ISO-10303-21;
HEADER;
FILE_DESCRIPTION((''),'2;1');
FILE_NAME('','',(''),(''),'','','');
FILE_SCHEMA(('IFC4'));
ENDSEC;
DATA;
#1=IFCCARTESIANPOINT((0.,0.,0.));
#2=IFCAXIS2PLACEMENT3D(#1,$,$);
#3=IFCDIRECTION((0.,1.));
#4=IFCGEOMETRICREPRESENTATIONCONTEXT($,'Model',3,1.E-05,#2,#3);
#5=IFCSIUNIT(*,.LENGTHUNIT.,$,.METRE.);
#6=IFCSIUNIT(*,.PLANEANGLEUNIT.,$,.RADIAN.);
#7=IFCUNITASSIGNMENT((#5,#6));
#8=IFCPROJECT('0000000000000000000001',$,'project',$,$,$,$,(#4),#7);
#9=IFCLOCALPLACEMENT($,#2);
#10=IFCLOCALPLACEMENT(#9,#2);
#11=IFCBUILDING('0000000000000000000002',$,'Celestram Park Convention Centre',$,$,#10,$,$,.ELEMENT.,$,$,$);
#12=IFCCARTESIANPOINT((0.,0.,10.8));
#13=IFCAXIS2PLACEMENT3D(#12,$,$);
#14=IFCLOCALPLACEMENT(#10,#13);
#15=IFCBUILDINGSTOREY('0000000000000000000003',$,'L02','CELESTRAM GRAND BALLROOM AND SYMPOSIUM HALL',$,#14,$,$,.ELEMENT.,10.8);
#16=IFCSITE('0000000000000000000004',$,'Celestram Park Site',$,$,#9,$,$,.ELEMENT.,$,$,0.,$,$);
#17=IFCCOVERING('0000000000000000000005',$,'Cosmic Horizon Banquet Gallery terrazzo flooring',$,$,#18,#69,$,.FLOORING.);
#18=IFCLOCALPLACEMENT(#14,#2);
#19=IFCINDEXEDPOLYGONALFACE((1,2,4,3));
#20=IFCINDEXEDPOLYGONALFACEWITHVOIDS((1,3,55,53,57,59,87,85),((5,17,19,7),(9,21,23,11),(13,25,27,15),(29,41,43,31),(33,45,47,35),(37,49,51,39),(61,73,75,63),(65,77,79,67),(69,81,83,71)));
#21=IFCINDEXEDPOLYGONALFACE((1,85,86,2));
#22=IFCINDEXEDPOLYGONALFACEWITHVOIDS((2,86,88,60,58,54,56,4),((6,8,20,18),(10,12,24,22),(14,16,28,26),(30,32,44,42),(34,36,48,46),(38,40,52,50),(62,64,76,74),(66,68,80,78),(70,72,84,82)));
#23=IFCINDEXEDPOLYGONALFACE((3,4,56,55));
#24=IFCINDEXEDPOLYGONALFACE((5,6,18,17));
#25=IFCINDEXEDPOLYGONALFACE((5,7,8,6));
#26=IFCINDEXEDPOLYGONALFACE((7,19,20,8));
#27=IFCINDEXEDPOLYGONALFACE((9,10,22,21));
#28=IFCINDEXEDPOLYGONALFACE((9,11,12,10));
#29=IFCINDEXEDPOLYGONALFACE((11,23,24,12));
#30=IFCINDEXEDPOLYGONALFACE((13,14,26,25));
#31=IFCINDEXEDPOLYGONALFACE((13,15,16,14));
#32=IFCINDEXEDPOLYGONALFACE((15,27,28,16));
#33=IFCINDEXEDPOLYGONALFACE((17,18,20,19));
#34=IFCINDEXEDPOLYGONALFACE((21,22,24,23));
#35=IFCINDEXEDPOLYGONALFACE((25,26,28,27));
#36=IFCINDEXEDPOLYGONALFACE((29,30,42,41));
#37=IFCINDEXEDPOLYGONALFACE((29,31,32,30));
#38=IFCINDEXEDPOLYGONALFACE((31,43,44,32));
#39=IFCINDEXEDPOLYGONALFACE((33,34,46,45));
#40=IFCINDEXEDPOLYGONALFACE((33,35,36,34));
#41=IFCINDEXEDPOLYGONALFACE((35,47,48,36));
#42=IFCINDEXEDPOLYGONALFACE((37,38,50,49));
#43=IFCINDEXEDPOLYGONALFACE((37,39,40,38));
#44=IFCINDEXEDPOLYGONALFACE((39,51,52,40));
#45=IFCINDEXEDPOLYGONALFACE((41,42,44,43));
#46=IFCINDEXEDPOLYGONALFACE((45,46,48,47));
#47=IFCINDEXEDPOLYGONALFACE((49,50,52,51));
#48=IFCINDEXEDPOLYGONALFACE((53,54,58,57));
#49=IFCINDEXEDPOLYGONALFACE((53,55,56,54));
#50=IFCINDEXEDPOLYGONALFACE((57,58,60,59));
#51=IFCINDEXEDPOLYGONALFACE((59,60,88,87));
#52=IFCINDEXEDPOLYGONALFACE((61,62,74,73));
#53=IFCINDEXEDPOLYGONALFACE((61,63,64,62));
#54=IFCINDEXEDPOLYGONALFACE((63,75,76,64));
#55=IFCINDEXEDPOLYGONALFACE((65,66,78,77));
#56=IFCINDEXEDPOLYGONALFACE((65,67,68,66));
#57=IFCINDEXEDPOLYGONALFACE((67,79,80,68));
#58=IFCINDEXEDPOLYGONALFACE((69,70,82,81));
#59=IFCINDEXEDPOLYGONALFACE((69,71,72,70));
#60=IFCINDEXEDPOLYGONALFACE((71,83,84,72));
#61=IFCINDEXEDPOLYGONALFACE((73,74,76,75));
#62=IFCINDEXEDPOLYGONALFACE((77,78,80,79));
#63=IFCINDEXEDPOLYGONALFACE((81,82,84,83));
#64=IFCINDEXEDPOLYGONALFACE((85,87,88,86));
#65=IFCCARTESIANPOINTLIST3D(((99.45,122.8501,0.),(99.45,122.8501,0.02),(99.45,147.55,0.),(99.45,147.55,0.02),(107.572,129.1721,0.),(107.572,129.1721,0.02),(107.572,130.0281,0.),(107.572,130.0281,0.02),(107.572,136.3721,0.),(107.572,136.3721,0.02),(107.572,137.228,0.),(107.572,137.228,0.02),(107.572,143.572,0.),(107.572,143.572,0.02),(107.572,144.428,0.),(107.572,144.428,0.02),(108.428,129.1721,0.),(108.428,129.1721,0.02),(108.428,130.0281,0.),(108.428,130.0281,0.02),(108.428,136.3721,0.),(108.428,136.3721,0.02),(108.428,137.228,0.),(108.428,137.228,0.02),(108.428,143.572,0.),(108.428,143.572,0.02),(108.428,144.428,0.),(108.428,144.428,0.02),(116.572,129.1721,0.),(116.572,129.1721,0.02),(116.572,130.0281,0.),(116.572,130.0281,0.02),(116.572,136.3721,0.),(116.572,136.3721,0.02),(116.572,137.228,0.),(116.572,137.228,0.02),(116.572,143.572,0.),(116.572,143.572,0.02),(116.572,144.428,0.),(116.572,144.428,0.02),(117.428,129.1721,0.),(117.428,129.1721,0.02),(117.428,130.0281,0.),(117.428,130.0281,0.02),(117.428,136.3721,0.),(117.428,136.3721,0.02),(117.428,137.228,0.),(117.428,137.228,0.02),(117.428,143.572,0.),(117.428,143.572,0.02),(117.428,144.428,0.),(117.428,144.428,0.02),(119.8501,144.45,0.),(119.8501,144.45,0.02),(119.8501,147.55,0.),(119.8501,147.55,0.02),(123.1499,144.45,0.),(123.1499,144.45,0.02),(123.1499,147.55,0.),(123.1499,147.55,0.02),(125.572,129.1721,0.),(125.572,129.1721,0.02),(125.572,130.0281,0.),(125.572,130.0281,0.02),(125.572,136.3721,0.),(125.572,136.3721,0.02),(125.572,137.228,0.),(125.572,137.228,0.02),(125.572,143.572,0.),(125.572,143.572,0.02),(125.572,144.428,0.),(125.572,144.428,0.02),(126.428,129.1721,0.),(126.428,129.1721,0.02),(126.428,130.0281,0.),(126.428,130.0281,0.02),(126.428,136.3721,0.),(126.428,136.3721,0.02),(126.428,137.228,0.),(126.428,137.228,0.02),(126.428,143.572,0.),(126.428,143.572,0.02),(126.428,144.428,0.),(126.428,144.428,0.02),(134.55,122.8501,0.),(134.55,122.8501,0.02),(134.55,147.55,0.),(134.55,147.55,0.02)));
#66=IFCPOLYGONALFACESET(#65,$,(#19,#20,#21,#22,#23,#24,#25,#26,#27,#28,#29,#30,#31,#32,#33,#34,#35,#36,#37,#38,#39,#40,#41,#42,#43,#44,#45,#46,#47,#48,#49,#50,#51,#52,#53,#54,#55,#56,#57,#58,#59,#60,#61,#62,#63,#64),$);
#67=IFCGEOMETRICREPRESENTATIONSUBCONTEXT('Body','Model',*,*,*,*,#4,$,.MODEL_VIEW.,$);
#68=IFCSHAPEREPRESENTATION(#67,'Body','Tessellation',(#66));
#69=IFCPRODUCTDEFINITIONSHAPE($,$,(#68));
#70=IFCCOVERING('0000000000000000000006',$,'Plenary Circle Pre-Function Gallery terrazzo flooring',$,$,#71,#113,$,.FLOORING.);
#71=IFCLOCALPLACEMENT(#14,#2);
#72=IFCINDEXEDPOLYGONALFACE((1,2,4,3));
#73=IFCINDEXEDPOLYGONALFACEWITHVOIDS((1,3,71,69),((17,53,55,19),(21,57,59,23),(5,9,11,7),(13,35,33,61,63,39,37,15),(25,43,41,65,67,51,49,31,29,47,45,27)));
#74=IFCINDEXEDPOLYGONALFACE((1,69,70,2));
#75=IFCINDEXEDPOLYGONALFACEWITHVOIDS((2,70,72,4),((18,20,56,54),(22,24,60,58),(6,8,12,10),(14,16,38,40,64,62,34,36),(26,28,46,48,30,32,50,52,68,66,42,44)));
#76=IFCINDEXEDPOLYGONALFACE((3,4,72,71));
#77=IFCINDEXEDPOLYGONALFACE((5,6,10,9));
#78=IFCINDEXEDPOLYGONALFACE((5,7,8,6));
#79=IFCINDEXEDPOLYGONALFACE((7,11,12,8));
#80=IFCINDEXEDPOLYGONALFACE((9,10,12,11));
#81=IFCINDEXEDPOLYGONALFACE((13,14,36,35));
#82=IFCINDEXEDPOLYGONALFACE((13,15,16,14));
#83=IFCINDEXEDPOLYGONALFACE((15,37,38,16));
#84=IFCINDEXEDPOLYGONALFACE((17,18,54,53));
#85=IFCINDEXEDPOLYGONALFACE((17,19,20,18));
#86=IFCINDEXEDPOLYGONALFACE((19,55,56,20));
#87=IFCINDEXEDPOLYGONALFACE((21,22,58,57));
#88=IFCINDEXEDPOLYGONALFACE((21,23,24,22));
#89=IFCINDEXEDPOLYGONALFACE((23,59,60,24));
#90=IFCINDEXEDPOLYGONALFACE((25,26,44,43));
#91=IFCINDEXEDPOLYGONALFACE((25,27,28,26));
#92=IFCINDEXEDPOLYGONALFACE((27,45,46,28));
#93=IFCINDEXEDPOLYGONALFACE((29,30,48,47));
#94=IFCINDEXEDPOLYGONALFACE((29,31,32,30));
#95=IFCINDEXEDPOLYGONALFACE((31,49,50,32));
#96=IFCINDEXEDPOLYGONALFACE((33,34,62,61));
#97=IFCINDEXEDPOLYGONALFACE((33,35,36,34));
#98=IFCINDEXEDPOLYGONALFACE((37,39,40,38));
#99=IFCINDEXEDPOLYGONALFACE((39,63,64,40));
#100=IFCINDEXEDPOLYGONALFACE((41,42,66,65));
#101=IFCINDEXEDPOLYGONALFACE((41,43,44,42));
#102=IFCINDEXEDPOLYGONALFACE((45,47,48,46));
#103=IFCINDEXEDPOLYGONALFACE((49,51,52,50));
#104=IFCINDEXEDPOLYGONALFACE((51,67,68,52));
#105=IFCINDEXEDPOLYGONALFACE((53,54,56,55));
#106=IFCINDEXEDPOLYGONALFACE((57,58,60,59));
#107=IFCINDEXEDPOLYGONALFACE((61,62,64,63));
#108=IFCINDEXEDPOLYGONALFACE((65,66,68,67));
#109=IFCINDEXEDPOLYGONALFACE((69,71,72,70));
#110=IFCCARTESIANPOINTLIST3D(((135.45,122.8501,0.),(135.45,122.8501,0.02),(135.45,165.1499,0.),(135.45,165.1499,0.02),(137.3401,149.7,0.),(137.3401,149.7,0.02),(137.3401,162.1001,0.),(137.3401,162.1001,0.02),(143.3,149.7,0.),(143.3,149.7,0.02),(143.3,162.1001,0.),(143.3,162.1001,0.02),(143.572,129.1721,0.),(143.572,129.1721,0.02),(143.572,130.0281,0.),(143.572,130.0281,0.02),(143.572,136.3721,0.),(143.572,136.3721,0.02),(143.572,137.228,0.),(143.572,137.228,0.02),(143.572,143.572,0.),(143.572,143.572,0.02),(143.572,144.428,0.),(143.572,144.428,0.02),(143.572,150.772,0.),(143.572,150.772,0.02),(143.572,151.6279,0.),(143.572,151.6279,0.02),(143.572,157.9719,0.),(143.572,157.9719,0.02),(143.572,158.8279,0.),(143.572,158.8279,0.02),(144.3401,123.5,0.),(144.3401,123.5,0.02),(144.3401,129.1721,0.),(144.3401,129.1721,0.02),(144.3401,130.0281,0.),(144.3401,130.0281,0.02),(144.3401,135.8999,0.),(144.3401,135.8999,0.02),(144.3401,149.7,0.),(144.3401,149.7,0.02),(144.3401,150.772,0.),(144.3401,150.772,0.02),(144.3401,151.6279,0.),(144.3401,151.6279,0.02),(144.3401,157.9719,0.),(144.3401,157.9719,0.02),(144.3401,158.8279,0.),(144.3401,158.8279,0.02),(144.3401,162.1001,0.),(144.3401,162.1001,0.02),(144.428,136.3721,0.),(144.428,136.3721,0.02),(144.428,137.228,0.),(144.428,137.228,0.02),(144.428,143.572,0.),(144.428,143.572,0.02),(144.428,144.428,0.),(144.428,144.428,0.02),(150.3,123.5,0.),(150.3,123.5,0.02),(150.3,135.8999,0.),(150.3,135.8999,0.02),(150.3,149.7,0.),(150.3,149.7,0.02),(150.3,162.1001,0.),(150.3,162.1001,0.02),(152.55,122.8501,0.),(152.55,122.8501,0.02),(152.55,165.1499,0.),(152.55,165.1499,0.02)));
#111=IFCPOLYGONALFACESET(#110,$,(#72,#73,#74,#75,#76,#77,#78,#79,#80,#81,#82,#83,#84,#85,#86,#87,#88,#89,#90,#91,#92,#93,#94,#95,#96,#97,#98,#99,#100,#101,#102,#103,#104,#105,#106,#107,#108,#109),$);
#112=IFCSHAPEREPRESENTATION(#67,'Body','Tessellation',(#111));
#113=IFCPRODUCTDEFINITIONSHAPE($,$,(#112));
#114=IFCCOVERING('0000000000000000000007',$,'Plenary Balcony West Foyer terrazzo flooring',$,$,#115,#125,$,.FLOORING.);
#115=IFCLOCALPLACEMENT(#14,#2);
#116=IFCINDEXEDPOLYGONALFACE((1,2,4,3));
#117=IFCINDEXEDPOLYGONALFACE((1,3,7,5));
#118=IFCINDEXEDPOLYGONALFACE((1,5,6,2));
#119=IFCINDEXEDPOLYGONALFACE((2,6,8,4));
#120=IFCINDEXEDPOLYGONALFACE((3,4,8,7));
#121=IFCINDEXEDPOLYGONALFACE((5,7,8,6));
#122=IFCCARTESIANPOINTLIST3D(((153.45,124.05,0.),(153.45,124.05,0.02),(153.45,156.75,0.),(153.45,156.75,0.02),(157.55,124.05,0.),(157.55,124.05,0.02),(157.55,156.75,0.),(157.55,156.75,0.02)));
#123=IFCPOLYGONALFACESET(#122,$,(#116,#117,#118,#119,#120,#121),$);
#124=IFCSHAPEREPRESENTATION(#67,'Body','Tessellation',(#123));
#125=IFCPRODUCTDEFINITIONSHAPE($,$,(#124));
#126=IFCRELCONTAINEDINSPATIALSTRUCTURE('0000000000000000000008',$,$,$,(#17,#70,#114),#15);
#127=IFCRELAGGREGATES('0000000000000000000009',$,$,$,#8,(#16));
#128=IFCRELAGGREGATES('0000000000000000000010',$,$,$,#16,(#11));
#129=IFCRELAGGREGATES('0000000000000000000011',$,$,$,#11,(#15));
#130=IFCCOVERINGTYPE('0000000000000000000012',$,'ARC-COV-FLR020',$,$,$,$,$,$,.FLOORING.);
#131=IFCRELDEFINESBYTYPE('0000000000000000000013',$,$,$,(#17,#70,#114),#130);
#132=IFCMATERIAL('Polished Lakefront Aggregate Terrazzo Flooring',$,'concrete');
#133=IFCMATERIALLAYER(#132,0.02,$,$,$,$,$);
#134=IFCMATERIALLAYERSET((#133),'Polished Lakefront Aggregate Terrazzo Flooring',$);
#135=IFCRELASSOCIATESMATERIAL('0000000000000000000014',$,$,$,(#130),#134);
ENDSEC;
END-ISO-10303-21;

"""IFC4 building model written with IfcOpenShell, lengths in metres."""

from ifc_helpers import new_model, si_unit, direction, frame, origin, place, context, subcontext, project, spatial, polyline, outline, extrude, material, layer, layer_set, type_object, element, save


model = new_model("IFC4")

# Units and contexts
model_context = context("Model", 3, precision=1e-05, world=origin(), true_north=direction((0.0, 1.0)))
body_context = subcontext(model_context, "Body", "Model", "MODEL_VIEW")
ifc_project = project(units=[si_unit("LENGTHUNIT", "METRE"), si_unit("PLANEANGLEUNIT", "RADIAN")], contexts=[model_context])

# Site, building, storey
site_placement = place(None, origin())
site = spatial("IfcSite", under=ifc_project, at=site_placement, Name="Celestram Park Site", CompositionType="ELEMENT", RefElevation=0.0)
building_placement = place(site_placement, origin())
building = spatial("IfcBuilding", under=site, at=building_placement, Name="Celestram Park Convention Centre", CompositionType="ELEMENT")
storey_placement = place(building_placement, frame((0.0, 0.0, 10.8)))
storey = spatial("IfcBuildingStorey", under=building, at=storey_placement, Name="L02", Description="CELESTRAM GRAND BALLROOM AND SYMPOSIUM HALL", CompositionType="ELEMENT", Elevation=10.8)

# Coverings
ifc_material_1 = material(Name="Polished Lakefront Aggregate Terrazzo Flooring", Category="concrete")
ifc_layer_1 = layer(ifc_material_1, 0.02)
ifc_layer_set_1 = layer_set([ifc_layer_1], Name="Polished Lakefront Aggregate Terrazzo Flooring")
covering_type_1 = type_object("IfcCoveringType", Name="ARC-COV-FLR020", PredefinedType="FLOORING", material=ifc_layer_set_1)
covering_1_placement = place(storey_placement, origin())
element("IfcCovering", 1, at=covering_1_placement, inside=storey, type_object=covering_type_1, Name="Cosmic Horizon Banquet Gallery terrazzo flooring", PredefinedType="FLOORING", context=body_context, shape_type="SweptSolid", body=[
    extrude(outline(polyline([(119.8501, 147.55), (119.8501, 144.45), (123.1499, 144.45), (123.1499, 147.55), (134.55, 147.55), (134.55, 122.8501), (99.45, 122.8501), (99.45, 147.55), (119.8501, 147.55)]), holes=[polyline([(117.428, 130.0281), (116.572, 130.0281), (116.572, 129.1721), (117.428, 129.1721), (117.428, 130.0281)]), polyline([(126.428, 130.0281), (125.572, 130.0281), (125.572, 129.1721), (126.428, 129.1721), (126.428, 130.0281)]), polyline([(108.428, 130.0281), (107.572, 130.0281), (107.572, 129.1721), (108.428, 129.1721), (108.428, 130.0281)]), polyline([(117.428, 137.228), (116.572, 137.228), (116.572, 136.3721), (117.428, 136.3721), (117.428, 137.228)]), polyline([(107.572, 137.228), (107.572, 136.3721), (108.428, 136.3721), (108.428, 137.228), (107.572, 137.228)]), polyline([(126.428, 137.228), (125.572, 137.228), (125.572, 136.3721), (126.428, 136.3721), (126.428, 137.228)]), polyline([(126.428, 144.428), (125.572, 144.428), (125.572, 143.572), (126.428, 143.572), (126.428, 144.428)]), polyline([(117.428, 144.428), (116.572, 144.428), (116.572, 143.572), (117.428, 143.572), (117.428, 144.428)]), polyline([(108.428, 144.428), (107.572, 144.428), (107.572, 143.572), (108.428, 143.572), (108.428, 144.428)])]), origin(), (0.0, 0.0, 1.0), 0.02),
])
covering_2_placement = place(storey_placement, origin())
element("IfcCovering", 2, at=covering_2_placement, inside=storey, type_object=covering_type_1, Name="Plenary Circle Pre-Function Gallery terrazzo flooring", PredefinedType="FLOORING", context=body_context, shape_type="SweptSolid", body=[
    extrude(outline(polyline([(152.55, 165.1499), (152.55, 122.8501), (135.45, 122.8501), (135.45, 165.1499), (152.55, 165.1499)]), holes=[polyline([(150.3, 135.8999), (144.3401, 135.8999), (144.3401, 130.0281), (143.572, 130.0281), (143.572, 129.1721), (144.3401, 129.1721), (144.3401, 123.5), (150.3, 123.5), (150.3, 135.8999)]), polyline([(143.3, 162.1001), (137.3401, 162.1001), (137.3401, 149.7), (143.3, 149.7), (143.3, 162.1001)]), polyline([(150.3, 149.7), (150.3, 162.1001), (144.3401, 162.1001), (144.3401, 158.8279), (143.572, 158.8279), (143.572, 157.9719), (144.3401, 157.9719), (144.3401, 151.6279), (143.572, 151.6279), (143.572, 150.772), (144.3401, 150.772), (144.3401, 149.7), (150.3, 149.7)]), polyline([(144.428, 137.228), (143.572, 137.228), (143.572, 136.3721), (144.428, 136.3721), (144.428, 137.228)]), polyline([(144.428, 144.428), (143.572, 144.428), (143.572, 143.572), (144.428, 143.572), (144.428, 144.428)])]), origin(), (0.0, 0.0, 1.0), 0.02),
])
covering_3_placement = place(storey_placement, origin())
element("IfcCovering", 3, at=covering_3_placement, inside=storey, type_object=covering_type_1, Name="Plenary Balcony West Foyer terrazzo flooring", PredefinedType="FLOORING", context=body_context, shape_type="SweptSolid", body=[
    extrude(outline(polyline([(157.55, 156.75), (157.55, 124.05), (153.45, 124.05), (153.45, 156.75), (157.55, 156.75)])), origin(), (0.0, 0.0, 1.0), 0.02),
])

save(model, "model.ifc")
